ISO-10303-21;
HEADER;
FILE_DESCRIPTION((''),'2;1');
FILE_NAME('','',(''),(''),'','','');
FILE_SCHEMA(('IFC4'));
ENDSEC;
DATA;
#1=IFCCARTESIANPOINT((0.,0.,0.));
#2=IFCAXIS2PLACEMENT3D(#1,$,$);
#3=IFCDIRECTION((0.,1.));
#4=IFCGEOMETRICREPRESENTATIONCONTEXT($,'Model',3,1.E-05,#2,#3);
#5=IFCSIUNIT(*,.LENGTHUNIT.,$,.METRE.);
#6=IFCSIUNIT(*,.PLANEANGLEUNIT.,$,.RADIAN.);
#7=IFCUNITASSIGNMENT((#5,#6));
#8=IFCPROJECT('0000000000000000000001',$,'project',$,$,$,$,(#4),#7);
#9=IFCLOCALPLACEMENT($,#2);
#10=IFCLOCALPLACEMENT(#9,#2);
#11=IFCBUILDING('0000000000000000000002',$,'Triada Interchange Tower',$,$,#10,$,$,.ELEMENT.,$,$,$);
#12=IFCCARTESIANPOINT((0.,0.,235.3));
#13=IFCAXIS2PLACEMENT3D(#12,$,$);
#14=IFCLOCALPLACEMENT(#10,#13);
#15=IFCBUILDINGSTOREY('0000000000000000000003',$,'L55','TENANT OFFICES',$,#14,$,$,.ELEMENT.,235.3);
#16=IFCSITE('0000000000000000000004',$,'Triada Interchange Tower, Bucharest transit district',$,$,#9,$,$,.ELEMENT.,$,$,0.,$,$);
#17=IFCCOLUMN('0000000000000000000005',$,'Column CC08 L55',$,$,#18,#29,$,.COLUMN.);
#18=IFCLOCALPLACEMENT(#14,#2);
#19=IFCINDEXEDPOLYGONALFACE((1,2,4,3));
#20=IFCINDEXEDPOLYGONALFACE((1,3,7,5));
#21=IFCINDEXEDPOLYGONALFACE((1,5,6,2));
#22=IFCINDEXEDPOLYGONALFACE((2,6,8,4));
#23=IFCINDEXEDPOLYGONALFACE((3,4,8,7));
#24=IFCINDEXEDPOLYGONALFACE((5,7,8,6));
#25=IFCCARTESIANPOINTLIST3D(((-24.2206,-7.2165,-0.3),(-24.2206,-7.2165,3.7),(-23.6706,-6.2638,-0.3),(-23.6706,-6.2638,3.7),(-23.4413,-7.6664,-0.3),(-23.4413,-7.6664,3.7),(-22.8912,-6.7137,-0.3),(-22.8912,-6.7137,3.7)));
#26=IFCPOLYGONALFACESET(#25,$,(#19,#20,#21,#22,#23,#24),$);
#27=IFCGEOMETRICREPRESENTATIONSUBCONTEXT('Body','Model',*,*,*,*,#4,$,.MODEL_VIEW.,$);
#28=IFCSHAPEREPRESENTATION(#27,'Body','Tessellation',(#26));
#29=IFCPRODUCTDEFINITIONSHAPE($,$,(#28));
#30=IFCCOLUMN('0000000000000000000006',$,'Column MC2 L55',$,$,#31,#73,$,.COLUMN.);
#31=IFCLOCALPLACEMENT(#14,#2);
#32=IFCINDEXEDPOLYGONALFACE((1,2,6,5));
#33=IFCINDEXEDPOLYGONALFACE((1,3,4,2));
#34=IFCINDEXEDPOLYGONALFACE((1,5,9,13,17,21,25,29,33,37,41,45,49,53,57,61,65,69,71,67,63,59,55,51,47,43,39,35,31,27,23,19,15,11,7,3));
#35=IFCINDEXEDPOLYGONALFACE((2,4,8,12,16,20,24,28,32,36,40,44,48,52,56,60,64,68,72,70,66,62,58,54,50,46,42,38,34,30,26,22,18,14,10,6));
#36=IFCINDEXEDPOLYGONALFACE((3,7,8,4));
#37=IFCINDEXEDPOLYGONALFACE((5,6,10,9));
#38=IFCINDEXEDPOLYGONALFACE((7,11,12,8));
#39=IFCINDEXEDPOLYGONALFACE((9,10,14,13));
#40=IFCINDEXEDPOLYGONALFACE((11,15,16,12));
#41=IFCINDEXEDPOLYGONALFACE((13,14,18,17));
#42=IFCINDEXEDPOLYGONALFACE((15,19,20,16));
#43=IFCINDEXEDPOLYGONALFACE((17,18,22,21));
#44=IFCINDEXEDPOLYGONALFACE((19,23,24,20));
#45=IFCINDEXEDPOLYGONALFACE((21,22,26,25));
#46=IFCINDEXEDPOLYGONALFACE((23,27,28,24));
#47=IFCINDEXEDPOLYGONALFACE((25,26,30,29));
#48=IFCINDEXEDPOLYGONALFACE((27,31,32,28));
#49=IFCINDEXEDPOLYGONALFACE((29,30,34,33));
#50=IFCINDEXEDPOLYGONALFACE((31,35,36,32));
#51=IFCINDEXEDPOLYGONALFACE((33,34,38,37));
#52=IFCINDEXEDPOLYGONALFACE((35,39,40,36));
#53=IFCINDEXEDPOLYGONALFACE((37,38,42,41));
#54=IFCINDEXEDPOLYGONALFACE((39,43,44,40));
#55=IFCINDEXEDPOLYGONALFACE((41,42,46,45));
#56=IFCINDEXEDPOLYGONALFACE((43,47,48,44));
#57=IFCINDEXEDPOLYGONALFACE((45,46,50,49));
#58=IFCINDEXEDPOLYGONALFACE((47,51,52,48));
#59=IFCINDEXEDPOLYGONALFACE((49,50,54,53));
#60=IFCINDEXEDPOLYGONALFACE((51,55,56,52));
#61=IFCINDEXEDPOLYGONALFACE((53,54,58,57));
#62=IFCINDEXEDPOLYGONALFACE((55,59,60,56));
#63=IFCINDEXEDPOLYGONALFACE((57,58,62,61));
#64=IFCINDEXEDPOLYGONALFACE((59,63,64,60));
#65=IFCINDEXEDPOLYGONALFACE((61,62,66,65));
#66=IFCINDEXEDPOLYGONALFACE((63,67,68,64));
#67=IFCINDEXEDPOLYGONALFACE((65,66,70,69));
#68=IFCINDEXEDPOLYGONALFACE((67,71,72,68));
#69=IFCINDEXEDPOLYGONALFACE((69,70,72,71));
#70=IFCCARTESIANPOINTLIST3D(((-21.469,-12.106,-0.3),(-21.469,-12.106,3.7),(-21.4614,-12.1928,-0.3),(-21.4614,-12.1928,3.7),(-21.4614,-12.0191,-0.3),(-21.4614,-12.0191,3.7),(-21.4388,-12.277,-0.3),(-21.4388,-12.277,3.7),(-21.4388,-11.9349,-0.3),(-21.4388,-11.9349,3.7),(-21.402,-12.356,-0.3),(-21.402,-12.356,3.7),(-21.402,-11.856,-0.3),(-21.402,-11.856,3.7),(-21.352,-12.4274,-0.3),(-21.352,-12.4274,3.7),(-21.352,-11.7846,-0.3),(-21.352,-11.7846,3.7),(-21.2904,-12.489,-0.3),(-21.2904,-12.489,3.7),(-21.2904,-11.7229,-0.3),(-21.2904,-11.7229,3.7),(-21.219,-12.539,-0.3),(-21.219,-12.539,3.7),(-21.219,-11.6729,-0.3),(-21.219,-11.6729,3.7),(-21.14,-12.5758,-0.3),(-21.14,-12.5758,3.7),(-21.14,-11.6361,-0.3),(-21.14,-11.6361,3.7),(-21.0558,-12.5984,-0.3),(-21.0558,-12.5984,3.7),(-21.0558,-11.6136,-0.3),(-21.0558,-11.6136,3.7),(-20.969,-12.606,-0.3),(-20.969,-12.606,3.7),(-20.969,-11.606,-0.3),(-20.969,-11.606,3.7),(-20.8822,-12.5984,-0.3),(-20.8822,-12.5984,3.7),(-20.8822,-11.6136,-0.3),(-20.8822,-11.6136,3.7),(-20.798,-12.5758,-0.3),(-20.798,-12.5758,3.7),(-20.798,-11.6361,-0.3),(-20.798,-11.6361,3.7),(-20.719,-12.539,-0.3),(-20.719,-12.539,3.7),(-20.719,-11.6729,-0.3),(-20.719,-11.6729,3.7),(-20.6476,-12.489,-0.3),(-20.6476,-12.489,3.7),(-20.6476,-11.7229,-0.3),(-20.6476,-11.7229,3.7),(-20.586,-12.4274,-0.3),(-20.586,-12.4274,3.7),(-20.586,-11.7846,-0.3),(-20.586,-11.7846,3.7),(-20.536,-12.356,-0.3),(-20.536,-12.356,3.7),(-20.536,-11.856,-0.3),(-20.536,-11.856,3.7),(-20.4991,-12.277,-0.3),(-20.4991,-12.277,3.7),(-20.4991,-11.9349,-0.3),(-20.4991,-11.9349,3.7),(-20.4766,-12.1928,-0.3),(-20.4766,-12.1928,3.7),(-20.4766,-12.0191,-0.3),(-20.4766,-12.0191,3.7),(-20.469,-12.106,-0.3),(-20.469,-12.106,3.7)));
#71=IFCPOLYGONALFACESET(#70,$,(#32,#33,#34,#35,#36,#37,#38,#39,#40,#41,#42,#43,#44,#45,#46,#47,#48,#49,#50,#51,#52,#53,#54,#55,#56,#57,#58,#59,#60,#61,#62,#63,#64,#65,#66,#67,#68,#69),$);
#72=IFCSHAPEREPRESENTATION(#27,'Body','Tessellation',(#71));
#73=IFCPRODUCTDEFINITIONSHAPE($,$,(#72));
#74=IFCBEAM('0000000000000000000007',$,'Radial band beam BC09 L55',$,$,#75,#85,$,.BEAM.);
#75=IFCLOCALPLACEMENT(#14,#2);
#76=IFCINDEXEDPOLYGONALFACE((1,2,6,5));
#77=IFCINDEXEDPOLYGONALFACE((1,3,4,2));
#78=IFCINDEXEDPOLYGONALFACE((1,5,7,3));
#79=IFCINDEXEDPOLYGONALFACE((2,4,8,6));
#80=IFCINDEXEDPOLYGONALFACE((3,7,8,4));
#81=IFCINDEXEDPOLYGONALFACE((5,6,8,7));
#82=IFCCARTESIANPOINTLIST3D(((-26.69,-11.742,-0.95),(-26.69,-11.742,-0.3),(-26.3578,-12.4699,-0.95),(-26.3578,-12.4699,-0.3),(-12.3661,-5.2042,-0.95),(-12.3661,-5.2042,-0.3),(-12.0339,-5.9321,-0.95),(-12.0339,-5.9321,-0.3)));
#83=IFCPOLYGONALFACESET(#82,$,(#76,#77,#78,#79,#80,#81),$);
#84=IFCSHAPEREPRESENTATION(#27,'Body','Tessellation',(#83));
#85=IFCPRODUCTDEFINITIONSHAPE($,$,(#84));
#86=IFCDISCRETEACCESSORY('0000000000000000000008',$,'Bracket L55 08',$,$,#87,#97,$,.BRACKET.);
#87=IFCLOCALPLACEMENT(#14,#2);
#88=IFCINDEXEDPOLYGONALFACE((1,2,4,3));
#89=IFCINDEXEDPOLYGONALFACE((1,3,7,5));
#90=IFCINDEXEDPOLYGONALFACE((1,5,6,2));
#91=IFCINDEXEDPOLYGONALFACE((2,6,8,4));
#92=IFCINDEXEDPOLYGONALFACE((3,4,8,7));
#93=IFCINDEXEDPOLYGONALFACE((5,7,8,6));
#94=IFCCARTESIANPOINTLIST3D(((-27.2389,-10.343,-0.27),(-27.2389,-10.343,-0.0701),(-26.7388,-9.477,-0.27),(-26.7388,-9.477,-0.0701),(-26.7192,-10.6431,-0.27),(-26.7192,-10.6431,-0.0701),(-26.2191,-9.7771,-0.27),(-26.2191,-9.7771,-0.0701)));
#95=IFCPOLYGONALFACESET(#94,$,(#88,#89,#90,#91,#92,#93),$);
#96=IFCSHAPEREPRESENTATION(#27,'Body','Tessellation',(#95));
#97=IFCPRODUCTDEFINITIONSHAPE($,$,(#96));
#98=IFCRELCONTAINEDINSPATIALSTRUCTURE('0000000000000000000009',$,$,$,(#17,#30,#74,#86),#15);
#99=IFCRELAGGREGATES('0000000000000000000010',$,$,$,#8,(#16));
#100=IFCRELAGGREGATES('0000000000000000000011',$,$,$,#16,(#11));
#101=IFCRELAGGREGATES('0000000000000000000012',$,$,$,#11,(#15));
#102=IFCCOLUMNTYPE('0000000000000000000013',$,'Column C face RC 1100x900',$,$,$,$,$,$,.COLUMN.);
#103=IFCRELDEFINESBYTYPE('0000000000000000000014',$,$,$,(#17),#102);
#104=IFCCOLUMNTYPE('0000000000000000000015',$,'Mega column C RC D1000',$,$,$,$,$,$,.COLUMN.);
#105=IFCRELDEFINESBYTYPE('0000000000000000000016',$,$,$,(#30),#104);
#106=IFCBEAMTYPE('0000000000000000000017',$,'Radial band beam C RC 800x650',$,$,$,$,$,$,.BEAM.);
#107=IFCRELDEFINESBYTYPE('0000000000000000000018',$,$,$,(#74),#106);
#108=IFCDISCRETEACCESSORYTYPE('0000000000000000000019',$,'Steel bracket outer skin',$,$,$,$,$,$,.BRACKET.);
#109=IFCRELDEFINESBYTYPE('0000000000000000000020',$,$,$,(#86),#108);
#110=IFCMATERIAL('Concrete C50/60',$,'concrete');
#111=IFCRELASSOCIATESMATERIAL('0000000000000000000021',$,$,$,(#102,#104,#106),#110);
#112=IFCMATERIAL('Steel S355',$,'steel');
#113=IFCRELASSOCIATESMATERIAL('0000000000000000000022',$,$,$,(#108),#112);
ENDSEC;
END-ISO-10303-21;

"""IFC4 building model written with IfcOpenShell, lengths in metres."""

from ifc_helpers import new_model, si_unit, direction, frame, origin, origin_2d, place, context, subcontext, project, spatial, rectangle, circle, extrude, material, material_profile, profile_set, type_object, element, save


model = new_model("IFC4")

# Units and contexts
model_context = context("Model", 3, precision=1e-05, world=origin(), true_north=direction((0.0, 1.0)))
body_context = subcontext(model_context, "Body", "Model", "MODEL_VIEW")
ifc_project = project(units=[si_unit("LENGTHUNIT", "METRE"), si_unit("PLANEANGLEUNIT", "RADIAN")], contexts=[model_context])

# Site, building, storey
site_placement = place(None, origin())
site = spatial("IfcSite", under=ifc_project, at=site_placement, Name="Triada Interchange Tower, Bucharest transit district", CompositionType="ELEMENT", RefElevation=0.0)
building_placement = place(site_placement, origin())
building = spatial("IfcBuilding", under=site, at=building_placement, Name="Triada Interchange Tower", CompositionType="ELEMENT")
storey_placement = place(building_placement, frame((0.0, 0.0, 235.3)))
storey = spatial("IfcBuildingStorey", under=building, at=storey_placement, Name="L55", Description="TENANT OFFICES", CompositionType="ELEMENT", Elevation=235.3)

# Columns
ifc_material_1 = material(Name="Concrete C50/60", Category="concrete")
ifc_material_profile_1 = material_profile(ifc_material_1, rectangle(XDim=1.1001, YDim=0.8999, at=origin_2d()), Name="RC 1100x900")
ifc_profile_set_1 = profile_set([ifc_material_profile_1], Name="Concrete C50/60")
column_type_1 = type_object("IfcColumnType", Name="Column C face RC 1100x900", PredefinedType="COLUMN", material=ifc_profile_set_1)
column_1_placement = place(storey_placement, frame((-23.5559, -6.9651, -0.3), z_axis=(0.0, 0.0, 1.0), x_axis=(0.5, 0.866025, 0.0)))
element("IfcColumn", 1, at=column_1_placement, inside=storey, type_object=column_type_1, Name="Column CC08 L55", PredefinedType="COLUMN", context=body_context, shape_type="SweptSolid", body=[
    extrude(rectangle(XDim=1.1001, YDim=0.8999, at=origin_2d()), origin(), (0.0, 0.0, 1.0), 4.0),
])
ifc_material_profile_2 = material_profile(ifc_material_1, circle(Radius=0.5, at=origin_2d()), Name="RC D1000")
ifc_profile_set_2 = profile_set([ifc_material_profile_2], Name="Concrete C50/60")
column_type_2 = type_object("IfcColumnType", Name="Mega column C RC D1000", PredefinedType="COLUMN", material=ifc_profile_set_2)
column_2_placement = place(storey_placement, frame((-20.969, -12.106, -0.3), z_axis=(0.0, 0.0, 1.0), x_axis=(1.0, 0.0, 0.0)))
element("IfcColumn", 2, at=column_2_placement, inside=storey, type_object=column_type_2, Name="Column MC2 L55", PredefinedType="COLUMN", context=body_context, shape_type="SweptSolid", body=[
    extrude(circle(Radius=0.5, at=origin_2d()), origin(), (0.0, 0.0, 1.0), 4.0),
])

# Beam
ifc_material_profile_3 = material_profile(ifc_material_1, rectangle(XDim=0.8, YDim=0.6499, at=origin_2d()), Name="RC 800x650")
ifc_profile_set_3 = profile_set([ifc_material_profile_3], Name="Concrete C50/60")
beam_type = type_object("IfcBeamType", Name="Radial band beam C RC 800x650", PredefinedType="BEAM", material=ifc_profile_set_3)
beam_placement = place(storey_placement, frame((-26.5239, -12.106, -0.625), z_axis=(0.909721, 0.415221, 0.0), x_axis=(-0.415221, 0.909721, 0.0)))
element("IfcBeam", 3, at=beam_placement, inside=storey, type_object=beam_type, Name="Radial band beam BC09 L55", PredefinedType="BEAM", context=body_context, shape_type="SweptSolid", body=[
    extrude(rectangle(XDim=0.8, YDim=0.6499, at=origin_2d()), origin(), (0.0, 0.0, 1.0), 15.7454),
])

# Discrete accessory
ifc_material_2 = material(Name="Steel S355", Category="steel")
discrete_accessory_type = type_object("IfcDiscreteAccessoryType", Name="Steel bracket outer skin", PredefinedType="BRACKET", material=ifc_material_2)
discrete_accessory_placement = place(storey_placement, frame((-26.729, -10.0601, -0.27), z_axis=(0.0, 0.0, 1.0), x_axis=(-0.866014, 0.500019, 0.0)))
element("IfcDiscreteAccessory", 4, at=discrete_accessory_placement, inside=storey, type_object=discrete_accessory_type, Name="Bracket L55 08", PredefinedType="BRACKET", context=body_context, shape_type="SweptSolid", body=[
    extrude(rectangle(XDim=0.6001, YDim=1.0, at=origin_2d()), origin(), (0.0, 0.0, 1.0), 0.2),
])

save(model, "model.ifc")
